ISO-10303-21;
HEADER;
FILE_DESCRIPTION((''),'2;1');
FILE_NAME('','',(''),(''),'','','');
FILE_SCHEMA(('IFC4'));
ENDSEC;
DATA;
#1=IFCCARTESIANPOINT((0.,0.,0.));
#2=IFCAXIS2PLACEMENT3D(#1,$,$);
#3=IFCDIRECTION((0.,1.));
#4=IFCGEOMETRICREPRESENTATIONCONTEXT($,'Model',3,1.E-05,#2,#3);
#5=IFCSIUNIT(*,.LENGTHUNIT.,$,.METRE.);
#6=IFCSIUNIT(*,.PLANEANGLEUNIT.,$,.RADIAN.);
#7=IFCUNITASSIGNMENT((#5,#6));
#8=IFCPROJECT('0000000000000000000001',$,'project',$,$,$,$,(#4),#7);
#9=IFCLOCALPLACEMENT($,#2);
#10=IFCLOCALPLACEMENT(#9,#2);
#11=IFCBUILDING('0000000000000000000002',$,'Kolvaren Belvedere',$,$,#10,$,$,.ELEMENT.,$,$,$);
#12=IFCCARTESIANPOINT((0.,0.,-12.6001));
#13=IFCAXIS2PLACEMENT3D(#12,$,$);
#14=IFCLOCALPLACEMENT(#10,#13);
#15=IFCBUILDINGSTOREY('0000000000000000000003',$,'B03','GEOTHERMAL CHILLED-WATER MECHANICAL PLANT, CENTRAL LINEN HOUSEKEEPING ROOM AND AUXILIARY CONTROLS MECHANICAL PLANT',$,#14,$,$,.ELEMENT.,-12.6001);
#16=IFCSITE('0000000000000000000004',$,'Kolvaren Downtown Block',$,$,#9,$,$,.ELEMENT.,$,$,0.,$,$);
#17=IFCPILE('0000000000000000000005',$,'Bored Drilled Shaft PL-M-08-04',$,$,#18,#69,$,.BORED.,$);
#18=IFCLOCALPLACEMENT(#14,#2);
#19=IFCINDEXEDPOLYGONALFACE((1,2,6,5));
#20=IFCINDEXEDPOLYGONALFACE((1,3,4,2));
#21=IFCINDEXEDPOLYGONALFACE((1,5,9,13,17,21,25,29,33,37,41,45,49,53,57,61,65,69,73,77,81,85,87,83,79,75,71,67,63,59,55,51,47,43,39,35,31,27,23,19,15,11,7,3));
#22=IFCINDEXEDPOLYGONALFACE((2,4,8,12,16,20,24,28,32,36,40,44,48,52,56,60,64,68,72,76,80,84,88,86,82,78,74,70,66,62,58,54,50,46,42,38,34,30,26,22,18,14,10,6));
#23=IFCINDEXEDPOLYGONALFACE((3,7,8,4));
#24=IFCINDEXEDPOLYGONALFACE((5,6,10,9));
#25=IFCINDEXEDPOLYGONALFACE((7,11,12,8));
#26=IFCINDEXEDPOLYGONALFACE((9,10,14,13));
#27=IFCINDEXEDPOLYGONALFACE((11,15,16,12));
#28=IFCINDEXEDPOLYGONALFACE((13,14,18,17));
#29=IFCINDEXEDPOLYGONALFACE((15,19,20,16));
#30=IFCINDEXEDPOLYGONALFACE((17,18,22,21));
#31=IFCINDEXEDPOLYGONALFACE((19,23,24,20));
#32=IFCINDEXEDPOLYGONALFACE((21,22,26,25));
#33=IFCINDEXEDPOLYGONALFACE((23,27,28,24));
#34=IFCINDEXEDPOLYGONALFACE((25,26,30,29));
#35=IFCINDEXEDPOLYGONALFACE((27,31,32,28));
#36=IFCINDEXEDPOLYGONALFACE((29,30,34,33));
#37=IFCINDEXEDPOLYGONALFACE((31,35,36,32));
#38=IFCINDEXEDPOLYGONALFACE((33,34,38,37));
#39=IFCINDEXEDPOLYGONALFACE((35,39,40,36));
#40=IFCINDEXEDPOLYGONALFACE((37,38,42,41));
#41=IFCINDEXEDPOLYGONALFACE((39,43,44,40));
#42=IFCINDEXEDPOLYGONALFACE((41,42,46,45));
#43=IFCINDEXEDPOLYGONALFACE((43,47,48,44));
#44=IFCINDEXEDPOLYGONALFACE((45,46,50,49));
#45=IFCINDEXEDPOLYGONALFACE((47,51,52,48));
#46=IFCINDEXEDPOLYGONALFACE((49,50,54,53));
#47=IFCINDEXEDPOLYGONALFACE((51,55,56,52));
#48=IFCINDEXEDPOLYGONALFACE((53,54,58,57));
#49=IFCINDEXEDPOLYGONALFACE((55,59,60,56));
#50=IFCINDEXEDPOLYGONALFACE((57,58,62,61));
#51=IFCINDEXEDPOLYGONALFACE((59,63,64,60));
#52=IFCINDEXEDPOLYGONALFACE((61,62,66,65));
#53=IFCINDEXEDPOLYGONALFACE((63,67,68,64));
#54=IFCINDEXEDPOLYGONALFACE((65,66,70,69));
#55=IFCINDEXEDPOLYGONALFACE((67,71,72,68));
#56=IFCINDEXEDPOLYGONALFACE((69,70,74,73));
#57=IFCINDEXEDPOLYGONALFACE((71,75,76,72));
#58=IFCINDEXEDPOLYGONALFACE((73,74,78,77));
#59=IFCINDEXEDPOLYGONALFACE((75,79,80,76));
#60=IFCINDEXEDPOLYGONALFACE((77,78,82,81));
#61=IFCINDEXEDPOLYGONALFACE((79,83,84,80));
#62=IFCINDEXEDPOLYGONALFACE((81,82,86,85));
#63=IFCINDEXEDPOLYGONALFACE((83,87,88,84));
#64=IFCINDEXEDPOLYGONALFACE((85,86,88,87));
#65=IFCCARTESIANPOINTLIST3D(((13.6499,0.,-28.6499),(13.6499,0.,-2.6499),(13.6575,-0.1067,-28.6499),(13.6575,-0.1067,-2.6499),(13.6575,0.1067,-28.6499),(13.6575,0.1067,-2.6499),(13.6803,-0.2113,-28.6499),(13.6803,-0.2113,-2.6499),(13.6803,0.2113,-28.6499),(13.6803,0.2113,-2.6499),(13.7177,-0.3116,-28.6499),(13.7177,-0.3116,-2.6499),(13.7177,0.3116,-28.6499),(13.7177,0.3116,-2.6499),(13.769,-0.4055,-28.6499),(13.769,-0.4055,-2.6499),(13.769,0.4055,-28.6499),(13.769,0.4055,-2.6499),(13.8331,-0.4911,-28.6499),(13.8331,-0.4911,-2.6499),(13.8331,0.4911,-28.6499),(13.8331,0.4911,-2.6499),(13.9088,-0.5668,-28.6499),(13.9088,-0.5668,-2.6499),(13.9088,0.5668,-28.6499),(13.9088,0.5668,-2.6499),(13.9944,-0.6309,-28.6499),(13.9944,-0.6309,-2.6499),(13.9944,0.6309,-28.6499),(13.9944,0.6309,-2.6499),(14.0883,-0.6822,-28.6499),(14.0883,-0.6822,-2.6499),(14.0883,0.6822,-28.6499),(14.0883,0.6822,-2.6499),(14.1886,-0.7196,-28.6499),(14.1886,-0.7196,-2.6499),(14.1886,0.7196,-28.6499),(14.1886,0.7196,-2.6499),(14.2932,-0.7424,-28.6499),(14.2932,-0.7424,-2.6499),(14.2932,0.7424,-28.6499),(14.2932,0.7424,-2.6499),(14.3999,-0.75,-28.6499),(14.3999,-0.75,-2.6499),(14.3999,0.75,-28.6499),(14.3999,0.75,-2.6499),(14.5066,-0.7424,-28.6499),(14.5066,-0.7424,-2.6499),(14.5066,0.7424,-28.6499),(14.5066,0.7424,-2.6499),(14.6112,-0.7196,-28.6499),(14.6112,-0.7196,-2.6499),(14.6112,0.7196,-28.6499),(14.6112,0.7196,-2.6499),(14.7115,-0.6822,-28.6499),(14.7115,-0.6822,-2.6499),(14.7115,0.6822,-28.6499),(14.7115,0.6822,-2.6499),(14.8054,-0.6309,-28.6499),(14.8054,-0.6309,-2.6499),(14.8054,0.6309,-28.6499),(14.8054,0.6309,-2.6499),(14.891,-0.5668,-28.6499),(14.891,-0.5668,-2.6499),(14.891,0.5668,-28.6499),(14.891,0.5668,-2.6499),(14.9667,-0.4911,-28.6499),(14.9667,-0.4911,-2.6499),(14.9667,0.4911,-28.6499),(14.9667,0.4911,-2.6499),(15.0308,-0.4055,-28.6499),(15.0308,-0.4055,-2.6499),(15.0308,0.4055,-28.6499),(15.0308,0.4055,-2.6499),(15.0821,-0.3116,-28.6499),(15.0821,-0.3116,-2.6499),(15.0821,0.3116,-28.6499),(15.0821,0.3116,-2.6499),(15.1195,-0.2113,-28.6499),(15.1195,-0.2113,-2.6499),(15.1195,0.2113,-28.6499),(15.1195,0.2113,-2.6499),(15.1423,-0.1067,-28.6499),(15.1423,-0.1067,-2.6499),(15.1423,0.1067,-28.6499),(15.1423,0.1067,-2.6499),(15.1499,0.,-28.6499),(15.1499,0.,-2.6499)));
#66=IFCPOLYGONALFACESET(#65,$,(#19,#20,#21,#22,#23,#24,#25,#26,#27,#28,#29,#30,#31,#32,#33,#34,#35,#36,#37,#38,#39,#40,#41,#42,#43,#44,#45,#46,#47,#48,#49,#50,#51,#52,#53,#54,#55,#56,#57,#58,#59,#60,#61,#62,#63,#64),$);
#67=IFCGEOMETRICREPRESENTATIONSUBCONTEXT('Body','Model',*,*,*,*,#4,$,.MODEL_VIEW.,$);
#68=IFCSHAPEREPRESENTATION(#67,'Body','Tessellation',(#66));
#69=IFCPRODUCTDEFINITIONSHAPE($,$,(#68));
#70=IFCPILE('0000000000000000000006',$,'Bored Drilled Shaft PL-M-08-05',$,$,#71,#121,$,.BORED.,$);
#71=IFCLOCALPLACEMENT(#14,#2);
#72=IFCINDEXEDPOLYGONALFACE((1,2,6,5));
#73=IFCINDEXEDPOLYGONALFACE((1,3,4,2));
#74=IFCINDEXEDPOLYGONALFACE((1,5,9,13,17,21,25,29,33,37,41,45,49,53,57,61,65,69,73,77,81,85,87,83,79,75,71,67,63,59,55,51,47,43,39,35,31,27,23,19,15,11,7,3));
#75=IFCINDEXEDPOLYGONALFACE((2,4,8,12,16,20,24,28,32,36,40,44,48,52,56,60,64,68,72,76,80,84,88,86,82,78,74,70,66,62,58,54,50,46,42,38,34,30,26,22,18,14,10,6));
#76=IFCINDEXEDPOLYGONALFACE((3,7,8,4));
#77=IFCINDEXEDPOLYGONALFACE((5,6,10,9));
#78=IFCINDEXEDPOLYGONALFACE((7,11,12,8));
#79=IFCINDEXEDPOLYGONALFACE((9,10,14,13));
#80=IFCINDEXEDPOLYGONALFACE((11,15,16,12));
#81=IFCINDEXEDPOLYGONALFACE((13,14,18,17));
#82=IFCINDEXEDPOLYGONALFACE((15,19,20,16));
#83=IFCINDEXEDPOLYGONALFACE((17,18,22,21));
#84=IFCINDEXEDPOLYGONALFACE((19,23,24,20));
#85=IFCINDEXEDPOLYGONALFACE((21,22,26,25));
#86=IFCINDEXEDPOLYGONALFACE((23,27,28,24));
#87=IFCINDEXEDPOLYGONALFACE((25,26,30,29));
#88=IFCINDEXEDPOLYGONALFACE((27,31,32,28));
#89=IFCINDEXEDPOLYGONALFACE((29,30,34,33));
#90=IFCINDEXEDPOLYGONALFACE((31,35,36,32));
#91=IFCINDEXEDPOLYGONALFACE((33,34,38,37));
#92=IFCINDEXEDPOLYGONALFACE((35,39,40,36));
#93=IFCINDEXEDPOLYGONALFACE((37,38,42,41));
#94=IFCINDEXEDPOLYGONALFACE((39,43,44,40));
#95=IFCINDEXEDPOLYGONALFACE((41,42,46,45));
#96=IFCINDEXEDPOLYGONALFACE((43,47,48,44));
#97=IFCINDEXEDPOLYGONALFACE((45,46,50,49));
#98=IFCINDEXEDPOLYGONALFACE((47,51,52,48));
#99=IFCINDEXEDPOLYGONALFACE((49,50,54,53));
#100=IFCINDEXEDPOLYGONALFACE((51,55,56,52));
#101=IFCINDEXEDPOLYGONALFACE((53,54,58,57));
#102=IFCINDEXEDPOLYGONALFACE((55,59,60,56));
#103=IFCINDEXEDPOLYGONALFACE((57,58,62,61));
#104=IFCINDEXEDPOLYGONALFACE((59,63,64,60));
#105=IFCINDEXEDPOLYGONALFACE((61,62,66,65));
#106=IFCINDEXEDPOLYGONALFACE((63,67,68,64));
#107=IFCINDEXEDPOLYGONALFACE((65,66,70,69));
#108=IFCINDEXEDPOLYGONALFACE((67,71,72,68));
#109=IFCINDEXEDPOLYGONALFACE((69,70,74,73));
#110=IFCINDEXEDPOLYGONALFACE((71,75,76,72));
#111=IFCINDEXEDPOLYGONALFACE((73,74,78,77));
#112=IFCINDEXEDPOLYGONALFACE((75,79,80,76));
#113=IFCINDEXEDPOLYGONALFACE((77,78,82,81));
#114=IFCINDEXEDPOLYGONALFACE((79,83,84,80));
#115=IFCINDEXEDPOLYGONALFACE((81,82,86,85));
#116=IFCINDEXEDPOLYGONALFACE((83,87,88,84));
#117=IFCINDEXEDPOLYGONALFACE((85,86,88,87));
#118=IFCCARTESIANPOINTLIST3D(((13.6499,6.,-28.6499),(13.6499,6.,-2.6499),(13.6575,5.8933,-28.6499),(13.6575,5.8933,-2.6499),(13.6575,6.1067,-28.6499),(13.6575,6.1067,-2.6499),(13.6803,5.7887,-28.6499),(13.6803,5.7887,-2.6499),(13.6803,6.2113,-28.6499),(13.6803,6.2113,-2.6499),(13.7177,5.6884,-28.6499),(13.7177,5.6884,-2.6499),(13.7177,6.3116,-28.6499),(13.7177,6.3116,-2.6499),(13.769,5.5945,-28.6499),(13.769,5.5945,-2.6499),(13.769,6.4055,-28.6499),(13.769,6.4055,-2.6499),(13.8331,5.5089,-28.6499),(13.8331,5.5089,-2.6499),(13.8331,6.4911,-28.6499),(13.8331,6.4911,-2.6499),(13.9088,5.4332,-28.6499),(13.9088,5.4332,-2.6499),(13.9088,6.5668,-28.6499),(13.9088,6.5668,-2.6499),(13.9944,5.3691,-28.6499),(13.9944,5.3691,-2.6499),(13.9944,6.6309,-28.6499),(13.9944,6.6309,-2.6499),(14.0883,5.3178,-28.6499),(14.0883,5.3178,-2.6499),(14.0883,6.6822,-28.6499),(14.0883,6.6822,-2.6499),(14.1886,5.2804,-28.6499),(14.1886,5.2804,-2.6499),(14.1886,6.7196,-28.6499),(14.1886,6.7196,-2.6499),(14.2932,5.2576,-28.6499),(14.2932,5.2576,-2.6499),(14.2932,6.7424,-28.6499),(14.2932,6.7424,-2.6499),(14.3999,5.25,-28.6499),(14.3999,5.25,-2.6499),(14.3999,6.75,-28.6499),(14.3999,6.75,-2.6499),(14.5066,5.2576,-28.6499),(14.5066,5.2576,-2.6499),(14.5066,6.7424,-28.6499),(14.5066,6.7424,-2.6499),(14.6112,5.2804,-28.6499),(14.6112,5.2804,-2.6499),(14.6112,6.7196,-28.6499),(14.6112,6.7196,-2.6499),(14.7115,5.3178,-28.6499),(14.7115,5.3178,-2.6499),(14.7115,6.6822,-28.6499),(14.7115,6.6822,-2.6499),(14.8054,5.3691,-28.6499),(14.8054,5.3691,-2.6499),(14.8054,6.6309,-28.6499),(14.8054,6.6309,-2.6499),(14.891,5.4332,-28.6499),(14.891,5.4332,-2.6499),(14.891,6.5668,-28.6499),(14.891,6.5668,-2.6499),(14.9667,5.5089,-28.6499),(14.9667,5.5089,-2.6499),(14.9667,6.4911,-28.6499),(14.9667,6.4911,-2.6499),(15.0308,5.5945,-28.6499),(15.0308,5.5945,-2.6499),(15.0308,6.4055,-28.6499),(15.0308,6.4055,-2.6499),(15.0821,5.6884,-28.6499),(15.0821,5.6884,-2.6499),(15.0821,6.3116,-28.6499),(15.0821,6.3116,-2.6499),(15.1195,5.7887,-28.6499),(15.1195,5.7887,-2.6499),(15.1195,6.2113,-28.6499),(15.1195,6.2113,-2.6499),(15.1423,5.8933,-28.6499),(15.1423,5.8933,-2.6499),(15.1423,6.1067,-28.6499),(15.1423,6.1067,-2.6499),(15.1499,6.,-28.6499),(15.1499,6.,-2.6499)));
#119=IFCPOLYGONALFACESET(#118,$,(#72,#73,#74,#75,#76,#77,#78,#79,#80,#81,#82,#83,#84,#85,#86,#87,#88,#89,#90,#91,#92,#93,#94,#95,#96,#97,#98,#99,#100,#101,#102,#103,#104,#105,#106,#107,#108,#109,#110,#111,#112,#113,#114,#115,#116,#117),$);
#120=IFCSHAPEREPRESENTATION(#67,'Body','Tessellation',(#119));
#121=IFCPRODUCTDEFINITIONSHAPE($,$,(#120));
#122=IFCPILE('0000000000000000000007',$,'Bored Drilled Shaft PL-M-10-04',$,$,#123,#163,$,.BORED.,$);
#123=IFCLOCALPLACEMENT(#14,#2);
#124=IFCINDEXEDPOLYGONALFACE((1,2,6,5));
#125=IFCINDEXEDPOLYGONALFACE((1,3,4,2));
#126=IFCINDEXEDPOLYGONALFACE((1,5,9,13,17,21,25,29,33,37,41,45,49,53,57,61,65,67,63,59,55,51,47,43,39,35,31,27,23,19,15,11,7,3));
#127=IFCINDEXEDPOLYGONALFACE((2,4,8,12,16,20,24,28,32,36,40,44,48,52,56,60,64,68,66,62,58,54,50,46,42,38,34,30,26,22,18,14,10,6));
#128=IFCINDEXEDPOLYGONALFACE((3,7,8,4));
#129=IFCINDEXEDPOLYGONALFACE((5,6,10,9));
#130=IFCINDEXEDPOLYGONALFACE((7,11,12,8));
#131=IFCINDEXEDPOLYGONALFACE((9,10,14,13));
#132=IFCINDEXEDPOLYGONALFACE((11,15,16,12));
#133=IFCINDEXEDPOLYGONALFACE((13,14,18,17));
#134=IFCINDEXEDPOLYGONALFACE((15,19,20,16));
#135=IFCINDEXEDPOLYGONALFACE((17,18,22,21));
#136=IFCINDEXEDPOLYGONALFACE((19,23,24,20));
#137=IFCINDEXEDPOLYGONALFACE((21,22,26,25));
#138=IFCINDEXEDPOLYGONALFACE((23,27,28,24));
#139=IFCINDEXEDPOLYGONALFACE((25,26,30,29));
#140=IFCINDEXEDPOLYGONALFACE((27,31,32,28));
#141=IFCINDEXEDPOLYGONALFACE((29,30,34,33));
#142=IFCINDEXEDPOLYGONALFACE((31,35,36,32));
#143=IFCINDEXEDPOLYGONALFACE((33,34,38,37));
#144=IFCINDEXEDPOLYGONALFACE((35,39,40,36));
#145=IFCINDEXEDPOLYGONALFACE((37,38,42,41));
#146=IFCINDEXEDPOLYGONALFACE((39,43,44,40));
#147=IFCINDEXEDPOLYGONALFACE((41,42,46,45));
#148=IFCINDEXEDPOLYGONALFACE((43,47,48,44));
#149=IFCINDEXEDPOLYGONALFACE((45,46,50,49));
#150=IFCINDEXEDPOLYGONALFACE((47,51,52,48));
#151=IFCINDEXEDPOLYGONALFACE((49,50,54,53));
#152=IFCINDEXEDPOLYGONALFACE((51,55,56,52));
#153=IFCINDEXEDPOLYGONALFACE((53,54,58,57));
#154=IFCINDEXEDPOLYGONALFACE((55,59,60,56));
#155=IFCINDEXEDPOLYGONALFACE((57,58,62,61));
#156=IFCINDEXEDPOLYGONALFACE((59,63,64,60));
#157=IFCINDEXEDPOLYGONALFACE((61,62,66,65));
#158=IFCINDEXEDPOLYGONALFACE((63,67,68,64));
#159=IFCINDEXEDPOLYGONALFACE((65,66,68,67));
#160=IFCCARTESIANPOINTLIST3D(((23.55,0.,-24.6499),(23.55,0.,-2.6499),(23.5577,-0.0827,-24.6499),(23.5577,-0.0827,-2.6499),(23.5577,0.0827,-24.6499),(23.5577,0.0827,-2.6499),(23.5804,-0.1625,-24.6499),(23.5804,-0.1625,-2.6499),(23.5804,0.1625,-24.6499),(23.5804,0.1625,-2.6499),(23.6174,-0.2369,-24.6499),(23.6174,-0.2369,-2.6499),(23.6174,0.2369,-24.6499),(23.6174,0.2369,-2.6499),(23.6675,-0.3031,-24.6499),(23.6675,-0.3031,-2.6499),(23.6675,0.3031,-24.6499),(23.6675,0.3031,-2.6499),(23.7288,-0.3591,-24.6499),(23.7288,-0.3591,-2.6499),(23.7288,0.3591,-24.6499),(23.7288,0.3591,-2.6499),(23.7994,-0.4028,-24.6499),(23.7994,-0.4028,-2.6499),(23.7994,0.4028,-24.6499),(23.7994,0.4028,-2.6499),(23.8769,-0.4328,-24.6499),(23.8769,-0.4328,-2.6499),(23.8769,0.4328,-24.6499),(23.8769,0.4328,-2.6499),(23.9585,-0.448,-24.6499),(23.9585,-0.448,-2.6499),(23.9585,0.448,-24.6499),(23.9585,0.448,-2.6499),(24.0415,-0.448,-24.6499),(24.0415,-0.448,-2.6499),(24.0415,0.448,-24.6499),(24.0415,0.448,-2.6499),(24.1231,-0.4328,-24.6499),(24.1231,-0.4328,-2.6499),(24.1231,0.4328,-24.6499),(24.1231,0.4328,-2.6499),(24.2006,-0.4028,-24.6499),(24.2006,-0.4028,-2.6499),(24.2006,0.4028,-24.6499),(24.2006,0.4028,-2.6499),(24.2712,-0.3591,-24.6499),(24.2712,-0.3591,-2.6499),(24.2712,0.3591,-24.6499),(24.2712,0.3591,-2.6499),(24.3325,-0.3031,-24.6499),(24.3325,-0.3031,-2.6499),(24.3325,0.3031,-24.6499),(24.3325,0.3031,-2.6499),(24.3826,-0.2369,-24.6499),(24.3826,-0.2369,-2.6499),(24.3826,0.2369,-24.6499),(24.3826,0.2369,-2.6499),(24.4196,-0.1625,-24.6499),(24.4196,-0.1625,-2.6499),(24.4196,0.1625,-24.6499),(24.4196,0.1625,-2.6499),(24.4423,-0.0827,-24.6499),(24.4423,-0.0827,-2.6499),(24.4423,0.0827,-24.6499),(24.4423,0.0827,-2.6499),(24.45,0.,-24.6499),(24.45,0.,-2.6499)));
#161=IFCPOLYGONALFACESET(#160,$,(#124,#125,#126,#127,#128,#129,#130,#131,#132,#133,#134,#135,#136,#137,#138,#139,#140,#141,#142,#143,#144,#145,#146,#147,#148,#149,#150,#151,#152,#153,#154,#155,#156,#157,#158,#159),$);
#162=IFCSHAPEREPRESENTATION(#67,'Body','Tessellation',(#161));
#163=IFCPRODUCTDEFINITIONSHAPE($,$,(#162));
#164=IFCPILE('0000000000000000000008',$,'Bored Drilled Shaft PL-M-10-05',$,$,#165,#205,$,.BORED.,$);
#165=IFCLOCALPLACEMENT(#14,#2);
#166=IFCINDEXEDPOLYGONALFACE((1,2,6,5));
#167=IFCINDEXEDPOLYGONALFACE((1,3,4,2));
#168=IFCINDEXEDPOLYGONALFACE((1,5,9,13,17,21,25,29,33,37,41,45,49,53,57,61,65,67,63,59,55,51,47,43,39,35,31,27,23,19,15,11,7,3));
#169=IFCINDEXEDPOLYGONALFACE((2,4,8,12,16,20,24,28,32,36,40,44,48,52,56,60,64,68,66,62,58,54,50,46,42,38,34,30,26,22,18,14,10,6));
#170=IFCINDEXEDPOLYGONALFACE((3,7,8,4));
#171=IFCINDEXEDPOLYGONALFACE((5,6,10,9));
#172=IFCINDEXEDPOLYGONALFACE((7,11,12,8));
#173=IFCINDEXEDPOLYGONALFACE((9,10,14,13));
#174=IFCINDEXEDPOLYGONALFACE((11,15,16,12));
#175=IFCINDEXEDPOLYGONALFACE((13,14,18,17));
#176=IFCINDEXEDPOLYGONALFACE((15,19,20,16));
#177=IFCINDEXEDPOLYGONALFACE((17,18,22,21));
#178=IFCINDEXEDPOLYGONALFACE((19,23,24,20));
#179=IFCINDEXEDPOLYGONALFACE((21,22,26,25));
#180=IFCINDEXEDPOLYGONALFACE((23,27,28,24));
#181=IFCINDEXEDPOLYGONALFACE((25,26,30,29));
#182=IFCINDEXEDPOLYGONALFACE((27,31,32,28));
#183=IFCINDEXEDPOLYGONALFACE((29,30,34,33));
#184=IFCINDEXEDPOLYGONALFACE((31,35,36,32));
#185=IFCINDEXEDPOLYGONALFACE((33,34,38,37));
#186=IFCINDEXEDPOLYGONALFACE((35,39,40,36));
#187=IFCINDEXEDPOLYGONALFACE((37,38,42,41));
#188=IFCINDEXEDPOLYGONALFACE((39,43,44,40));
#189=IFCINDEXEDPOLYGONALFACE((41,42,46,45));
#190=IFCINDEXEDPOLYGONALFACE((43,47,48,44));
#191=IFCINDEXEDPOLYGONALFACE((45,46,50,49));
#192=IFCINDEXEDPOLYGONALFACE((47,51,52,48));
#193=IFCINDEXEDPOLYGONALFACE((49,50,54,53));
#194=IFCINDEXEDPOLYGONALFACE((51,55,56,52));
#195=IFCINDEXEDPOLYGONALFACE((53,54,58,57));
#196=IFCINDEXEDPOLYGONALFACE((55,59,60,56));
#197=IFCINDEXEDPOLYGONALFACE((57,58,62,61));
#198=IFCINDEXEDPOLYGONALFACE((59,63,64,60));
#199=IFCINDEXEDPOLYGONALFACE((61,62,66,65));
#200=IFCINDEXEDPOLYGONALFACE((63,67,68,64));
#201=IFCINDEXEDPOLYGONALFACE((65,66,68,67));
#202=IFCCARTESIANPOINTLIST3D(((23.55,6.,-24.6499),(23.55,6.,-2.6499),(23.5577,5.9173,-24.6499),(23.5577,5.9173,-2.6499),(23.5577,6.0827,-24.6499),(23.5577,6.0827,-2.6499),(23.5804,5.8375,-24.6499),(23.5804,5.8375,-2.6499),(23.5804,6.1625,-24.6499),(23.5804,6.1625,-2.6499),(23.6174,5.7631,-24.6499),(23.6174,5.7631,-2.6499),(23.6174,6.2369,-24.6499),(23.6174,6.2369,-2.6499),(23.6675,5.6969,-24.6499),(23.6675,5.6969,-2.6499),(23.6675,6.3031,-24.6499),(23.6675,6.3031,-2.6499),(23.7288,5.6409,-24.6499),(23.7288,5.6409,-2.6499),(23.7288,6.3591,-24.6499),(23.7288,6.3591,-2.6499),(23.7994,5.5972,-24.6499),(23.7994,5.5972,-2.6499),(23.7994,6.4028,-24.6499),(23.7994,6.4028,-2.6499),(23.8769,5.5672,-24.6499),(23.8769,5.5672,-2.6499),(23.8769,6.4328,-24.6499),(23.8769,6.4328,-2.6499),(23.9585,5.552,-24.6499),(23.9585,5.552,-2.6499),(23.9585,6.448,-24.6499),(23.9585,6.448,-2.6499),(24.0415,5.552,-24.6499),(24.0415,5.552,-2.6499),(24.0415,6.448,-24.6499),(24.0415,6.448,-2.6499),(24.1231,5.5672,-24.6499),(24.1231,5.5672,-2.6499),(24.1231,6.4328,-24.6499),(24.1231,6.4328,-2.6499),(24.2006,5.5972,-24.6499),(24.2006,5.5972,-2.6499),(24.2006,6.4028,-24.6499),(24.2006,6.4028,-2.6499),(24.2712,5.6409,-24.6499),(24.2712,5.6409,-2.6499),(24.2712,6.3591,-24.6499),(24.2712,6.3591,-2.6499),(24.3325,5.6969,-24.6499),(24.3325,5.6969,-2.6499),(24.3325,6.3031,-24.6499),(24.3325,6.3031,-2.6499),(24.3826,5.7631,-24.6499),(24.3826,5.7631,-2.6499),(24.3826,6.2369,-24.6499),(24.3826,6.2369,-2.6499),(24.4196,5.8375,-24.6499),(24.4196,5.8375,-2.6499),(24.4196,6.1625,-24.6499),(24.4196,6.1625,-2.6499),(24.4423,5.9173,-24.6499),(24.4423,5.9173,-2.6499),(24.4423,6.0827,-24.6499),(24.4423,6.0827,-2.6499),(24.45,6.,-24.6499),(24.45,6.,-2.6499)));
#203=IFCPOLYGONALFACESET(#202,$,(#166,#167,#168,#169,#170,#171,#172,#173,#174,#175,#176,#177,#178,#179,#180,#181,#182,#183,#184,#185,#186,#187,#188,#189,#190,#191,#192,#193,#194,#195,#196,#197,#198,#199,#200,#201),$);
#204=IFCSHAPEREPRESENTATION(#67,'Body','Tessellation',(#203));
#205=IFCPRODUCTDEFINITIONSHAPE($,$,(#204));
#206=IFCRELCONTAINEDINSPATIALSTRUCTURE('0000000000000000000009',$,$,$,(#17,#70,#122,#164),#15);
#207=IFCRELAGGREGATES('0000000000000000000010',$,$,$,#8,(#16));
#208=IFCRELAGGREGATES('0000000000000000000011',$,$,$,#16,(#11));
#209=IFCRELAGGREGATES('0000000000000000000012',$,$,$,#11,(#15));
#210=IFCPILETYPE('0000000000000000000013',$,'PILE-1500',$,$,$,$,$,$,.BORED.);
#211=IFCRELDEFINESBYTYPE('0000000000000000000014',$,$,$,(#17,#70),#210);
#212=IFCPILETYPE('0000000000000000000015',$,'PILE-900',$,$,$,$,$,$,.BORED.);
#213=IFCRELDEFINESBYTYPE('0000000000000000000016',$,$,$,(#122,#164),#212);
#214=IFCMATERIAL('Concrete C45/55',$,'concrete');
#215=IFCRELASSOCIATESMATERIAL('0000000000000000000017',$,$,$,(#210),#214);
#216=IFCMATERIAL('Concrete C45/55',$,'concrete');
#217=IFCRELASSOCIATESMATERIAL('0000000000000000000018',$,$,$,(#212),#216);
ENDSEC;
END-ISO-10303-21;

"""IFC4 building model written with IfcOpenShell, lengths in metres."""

from ifc_helpers import new_model, si_unit, direction, frame, origin, origin_2d, place, context, subcontext, project, spatial, circle, extrude, material, material_profile, profile_set, type_object, element, save


model = new_model("IFC4")

# Units and contexts
model_context = context("Model", 3, precision=1e-05, world=origin(), true_north=direction((0.0, 1.0)))
body_context = subcontext(model_context, "Body", "Model", "MODEL_VIEW")
ifc_project = project(units=[si_unit("LENGTHUNIT", "METRE"), si_unit("PLANEANGLEUNIT", "RADIAN")], contexts=[model_context])

# Site, building, storey
site_placement = place(None, origin())
site = spatial("IfcSite", under=ifc_project, at=site_placement, Name="Kolvaren Downtown Block", CompositionType="ELEMENT", RefElevation=0.0)
building_placement = place(site_placement, origin())
building = spatial("IfcBuilding", under=site, at=building_placement, Name="Kolvaren Belvedere", CompositionType="ELEMENT")
storey_placement = place(building_placement, frame((0.0, 0.0, -12.6001)))
storey = spatial("IfcBuildingStorey", under=building, at=storey_placement, Name="B03", Description="GEOTHERMAL CHILLED-WATER MECHANICAL PLANT, CENTRAL LINEN HOUSEKEEPING ROOM AND AUXILIARY CONTROLS MECHANICAL PLANT", CompositionType="ELEMENT", Elevation=-12.6001)

# Piles
ifc_material_1 = material(Name="Concrete C45/55", Category="concrete")
ifc_material_profile_1 = material_profile(ifc_material_1, circle(Radius=0.75, at=origin_2d()), Name="BORED PILE D1500")
ifc_profile_set_1 = profile_set([ifc_material_profile_1], Name="Concrete C45/55")
pile_type_1 = type_object("IfcPileType", Name="PILE-1500", PredefinedType="BORED", material=ifc_profile_set_1)
for number, where, z_axis, x_axis, name in (
    (1, (14.3999, 0.0, -2.6499), (0.0, 0.0, -1.0), (1.0, 0.0, 0.0), "Bored Drilled Shaft PL-M-08-04"),
    (2, (14.3999, 6.0, -2.6499), (0.0, 0.0, -1.0), (1.0, 0.0, 0.0), "Bored Drilled Shaft PL-M-08-05"),
):
    element("IfcPile", number, at=place(storey_placement, frame(where, z_axis=z_axis, x_axis=x_axis)), inside=storey, type_object=pile_type_1, Name=name, PredefinedType="BORED", context=body_context, shape_type="SweptSolid", body=[
        extrude(circle(Radius=0.75, at=origin_2d()), origin(), (0.0, 0.0, 1.0), 26.0),
    ])
ifc_material_2 = material(Name="Concrete C45/55", Category="concrete")
ifc_material_profile_2 = material_profile(ifc_material_2, circle(Radius=0.45, at=origin_2d()), Name="BORED PILE D900")
ifc_profile_set_2 = profile_set([ifc_material_profile_2], Name="Concrete C45/55")
pile_type_2 = type_object("IfcPileType", Name="PILE-900", PredefinedType="BORED", material=ifc_profile_set_2)
for number, where, z_axis, x_axis, name in (
    (3, (24.0, 0.0, -2.6499), (0.0, 0.0, -1.0), (1.0, 0.0, 0.0), "Bored Drilled Shaft PL-M-10-04"),
    (4, (24.0, 6.0, -2.6499), (0.0, 0.0, -1.0), (1.0, 0.0, 0.0), "Bored Drilled Shaft PL-M-10-05"),
):
    element("IfcPile", number, at=place(storey_placement, frame(where, z_axis=z_axis, x_axis=x_axis)), inside=storey, type_object=pile_type_2, Name=name, PredefinedType="BORED", context=body_context, shape_type="SweptSolid", body=[
        extrude(circle(Radius=0.45, at=origin_2d()), origin(), (0.0, 0.0, 1.0), 22.0),
    ])

save(model, "model.ifc")
